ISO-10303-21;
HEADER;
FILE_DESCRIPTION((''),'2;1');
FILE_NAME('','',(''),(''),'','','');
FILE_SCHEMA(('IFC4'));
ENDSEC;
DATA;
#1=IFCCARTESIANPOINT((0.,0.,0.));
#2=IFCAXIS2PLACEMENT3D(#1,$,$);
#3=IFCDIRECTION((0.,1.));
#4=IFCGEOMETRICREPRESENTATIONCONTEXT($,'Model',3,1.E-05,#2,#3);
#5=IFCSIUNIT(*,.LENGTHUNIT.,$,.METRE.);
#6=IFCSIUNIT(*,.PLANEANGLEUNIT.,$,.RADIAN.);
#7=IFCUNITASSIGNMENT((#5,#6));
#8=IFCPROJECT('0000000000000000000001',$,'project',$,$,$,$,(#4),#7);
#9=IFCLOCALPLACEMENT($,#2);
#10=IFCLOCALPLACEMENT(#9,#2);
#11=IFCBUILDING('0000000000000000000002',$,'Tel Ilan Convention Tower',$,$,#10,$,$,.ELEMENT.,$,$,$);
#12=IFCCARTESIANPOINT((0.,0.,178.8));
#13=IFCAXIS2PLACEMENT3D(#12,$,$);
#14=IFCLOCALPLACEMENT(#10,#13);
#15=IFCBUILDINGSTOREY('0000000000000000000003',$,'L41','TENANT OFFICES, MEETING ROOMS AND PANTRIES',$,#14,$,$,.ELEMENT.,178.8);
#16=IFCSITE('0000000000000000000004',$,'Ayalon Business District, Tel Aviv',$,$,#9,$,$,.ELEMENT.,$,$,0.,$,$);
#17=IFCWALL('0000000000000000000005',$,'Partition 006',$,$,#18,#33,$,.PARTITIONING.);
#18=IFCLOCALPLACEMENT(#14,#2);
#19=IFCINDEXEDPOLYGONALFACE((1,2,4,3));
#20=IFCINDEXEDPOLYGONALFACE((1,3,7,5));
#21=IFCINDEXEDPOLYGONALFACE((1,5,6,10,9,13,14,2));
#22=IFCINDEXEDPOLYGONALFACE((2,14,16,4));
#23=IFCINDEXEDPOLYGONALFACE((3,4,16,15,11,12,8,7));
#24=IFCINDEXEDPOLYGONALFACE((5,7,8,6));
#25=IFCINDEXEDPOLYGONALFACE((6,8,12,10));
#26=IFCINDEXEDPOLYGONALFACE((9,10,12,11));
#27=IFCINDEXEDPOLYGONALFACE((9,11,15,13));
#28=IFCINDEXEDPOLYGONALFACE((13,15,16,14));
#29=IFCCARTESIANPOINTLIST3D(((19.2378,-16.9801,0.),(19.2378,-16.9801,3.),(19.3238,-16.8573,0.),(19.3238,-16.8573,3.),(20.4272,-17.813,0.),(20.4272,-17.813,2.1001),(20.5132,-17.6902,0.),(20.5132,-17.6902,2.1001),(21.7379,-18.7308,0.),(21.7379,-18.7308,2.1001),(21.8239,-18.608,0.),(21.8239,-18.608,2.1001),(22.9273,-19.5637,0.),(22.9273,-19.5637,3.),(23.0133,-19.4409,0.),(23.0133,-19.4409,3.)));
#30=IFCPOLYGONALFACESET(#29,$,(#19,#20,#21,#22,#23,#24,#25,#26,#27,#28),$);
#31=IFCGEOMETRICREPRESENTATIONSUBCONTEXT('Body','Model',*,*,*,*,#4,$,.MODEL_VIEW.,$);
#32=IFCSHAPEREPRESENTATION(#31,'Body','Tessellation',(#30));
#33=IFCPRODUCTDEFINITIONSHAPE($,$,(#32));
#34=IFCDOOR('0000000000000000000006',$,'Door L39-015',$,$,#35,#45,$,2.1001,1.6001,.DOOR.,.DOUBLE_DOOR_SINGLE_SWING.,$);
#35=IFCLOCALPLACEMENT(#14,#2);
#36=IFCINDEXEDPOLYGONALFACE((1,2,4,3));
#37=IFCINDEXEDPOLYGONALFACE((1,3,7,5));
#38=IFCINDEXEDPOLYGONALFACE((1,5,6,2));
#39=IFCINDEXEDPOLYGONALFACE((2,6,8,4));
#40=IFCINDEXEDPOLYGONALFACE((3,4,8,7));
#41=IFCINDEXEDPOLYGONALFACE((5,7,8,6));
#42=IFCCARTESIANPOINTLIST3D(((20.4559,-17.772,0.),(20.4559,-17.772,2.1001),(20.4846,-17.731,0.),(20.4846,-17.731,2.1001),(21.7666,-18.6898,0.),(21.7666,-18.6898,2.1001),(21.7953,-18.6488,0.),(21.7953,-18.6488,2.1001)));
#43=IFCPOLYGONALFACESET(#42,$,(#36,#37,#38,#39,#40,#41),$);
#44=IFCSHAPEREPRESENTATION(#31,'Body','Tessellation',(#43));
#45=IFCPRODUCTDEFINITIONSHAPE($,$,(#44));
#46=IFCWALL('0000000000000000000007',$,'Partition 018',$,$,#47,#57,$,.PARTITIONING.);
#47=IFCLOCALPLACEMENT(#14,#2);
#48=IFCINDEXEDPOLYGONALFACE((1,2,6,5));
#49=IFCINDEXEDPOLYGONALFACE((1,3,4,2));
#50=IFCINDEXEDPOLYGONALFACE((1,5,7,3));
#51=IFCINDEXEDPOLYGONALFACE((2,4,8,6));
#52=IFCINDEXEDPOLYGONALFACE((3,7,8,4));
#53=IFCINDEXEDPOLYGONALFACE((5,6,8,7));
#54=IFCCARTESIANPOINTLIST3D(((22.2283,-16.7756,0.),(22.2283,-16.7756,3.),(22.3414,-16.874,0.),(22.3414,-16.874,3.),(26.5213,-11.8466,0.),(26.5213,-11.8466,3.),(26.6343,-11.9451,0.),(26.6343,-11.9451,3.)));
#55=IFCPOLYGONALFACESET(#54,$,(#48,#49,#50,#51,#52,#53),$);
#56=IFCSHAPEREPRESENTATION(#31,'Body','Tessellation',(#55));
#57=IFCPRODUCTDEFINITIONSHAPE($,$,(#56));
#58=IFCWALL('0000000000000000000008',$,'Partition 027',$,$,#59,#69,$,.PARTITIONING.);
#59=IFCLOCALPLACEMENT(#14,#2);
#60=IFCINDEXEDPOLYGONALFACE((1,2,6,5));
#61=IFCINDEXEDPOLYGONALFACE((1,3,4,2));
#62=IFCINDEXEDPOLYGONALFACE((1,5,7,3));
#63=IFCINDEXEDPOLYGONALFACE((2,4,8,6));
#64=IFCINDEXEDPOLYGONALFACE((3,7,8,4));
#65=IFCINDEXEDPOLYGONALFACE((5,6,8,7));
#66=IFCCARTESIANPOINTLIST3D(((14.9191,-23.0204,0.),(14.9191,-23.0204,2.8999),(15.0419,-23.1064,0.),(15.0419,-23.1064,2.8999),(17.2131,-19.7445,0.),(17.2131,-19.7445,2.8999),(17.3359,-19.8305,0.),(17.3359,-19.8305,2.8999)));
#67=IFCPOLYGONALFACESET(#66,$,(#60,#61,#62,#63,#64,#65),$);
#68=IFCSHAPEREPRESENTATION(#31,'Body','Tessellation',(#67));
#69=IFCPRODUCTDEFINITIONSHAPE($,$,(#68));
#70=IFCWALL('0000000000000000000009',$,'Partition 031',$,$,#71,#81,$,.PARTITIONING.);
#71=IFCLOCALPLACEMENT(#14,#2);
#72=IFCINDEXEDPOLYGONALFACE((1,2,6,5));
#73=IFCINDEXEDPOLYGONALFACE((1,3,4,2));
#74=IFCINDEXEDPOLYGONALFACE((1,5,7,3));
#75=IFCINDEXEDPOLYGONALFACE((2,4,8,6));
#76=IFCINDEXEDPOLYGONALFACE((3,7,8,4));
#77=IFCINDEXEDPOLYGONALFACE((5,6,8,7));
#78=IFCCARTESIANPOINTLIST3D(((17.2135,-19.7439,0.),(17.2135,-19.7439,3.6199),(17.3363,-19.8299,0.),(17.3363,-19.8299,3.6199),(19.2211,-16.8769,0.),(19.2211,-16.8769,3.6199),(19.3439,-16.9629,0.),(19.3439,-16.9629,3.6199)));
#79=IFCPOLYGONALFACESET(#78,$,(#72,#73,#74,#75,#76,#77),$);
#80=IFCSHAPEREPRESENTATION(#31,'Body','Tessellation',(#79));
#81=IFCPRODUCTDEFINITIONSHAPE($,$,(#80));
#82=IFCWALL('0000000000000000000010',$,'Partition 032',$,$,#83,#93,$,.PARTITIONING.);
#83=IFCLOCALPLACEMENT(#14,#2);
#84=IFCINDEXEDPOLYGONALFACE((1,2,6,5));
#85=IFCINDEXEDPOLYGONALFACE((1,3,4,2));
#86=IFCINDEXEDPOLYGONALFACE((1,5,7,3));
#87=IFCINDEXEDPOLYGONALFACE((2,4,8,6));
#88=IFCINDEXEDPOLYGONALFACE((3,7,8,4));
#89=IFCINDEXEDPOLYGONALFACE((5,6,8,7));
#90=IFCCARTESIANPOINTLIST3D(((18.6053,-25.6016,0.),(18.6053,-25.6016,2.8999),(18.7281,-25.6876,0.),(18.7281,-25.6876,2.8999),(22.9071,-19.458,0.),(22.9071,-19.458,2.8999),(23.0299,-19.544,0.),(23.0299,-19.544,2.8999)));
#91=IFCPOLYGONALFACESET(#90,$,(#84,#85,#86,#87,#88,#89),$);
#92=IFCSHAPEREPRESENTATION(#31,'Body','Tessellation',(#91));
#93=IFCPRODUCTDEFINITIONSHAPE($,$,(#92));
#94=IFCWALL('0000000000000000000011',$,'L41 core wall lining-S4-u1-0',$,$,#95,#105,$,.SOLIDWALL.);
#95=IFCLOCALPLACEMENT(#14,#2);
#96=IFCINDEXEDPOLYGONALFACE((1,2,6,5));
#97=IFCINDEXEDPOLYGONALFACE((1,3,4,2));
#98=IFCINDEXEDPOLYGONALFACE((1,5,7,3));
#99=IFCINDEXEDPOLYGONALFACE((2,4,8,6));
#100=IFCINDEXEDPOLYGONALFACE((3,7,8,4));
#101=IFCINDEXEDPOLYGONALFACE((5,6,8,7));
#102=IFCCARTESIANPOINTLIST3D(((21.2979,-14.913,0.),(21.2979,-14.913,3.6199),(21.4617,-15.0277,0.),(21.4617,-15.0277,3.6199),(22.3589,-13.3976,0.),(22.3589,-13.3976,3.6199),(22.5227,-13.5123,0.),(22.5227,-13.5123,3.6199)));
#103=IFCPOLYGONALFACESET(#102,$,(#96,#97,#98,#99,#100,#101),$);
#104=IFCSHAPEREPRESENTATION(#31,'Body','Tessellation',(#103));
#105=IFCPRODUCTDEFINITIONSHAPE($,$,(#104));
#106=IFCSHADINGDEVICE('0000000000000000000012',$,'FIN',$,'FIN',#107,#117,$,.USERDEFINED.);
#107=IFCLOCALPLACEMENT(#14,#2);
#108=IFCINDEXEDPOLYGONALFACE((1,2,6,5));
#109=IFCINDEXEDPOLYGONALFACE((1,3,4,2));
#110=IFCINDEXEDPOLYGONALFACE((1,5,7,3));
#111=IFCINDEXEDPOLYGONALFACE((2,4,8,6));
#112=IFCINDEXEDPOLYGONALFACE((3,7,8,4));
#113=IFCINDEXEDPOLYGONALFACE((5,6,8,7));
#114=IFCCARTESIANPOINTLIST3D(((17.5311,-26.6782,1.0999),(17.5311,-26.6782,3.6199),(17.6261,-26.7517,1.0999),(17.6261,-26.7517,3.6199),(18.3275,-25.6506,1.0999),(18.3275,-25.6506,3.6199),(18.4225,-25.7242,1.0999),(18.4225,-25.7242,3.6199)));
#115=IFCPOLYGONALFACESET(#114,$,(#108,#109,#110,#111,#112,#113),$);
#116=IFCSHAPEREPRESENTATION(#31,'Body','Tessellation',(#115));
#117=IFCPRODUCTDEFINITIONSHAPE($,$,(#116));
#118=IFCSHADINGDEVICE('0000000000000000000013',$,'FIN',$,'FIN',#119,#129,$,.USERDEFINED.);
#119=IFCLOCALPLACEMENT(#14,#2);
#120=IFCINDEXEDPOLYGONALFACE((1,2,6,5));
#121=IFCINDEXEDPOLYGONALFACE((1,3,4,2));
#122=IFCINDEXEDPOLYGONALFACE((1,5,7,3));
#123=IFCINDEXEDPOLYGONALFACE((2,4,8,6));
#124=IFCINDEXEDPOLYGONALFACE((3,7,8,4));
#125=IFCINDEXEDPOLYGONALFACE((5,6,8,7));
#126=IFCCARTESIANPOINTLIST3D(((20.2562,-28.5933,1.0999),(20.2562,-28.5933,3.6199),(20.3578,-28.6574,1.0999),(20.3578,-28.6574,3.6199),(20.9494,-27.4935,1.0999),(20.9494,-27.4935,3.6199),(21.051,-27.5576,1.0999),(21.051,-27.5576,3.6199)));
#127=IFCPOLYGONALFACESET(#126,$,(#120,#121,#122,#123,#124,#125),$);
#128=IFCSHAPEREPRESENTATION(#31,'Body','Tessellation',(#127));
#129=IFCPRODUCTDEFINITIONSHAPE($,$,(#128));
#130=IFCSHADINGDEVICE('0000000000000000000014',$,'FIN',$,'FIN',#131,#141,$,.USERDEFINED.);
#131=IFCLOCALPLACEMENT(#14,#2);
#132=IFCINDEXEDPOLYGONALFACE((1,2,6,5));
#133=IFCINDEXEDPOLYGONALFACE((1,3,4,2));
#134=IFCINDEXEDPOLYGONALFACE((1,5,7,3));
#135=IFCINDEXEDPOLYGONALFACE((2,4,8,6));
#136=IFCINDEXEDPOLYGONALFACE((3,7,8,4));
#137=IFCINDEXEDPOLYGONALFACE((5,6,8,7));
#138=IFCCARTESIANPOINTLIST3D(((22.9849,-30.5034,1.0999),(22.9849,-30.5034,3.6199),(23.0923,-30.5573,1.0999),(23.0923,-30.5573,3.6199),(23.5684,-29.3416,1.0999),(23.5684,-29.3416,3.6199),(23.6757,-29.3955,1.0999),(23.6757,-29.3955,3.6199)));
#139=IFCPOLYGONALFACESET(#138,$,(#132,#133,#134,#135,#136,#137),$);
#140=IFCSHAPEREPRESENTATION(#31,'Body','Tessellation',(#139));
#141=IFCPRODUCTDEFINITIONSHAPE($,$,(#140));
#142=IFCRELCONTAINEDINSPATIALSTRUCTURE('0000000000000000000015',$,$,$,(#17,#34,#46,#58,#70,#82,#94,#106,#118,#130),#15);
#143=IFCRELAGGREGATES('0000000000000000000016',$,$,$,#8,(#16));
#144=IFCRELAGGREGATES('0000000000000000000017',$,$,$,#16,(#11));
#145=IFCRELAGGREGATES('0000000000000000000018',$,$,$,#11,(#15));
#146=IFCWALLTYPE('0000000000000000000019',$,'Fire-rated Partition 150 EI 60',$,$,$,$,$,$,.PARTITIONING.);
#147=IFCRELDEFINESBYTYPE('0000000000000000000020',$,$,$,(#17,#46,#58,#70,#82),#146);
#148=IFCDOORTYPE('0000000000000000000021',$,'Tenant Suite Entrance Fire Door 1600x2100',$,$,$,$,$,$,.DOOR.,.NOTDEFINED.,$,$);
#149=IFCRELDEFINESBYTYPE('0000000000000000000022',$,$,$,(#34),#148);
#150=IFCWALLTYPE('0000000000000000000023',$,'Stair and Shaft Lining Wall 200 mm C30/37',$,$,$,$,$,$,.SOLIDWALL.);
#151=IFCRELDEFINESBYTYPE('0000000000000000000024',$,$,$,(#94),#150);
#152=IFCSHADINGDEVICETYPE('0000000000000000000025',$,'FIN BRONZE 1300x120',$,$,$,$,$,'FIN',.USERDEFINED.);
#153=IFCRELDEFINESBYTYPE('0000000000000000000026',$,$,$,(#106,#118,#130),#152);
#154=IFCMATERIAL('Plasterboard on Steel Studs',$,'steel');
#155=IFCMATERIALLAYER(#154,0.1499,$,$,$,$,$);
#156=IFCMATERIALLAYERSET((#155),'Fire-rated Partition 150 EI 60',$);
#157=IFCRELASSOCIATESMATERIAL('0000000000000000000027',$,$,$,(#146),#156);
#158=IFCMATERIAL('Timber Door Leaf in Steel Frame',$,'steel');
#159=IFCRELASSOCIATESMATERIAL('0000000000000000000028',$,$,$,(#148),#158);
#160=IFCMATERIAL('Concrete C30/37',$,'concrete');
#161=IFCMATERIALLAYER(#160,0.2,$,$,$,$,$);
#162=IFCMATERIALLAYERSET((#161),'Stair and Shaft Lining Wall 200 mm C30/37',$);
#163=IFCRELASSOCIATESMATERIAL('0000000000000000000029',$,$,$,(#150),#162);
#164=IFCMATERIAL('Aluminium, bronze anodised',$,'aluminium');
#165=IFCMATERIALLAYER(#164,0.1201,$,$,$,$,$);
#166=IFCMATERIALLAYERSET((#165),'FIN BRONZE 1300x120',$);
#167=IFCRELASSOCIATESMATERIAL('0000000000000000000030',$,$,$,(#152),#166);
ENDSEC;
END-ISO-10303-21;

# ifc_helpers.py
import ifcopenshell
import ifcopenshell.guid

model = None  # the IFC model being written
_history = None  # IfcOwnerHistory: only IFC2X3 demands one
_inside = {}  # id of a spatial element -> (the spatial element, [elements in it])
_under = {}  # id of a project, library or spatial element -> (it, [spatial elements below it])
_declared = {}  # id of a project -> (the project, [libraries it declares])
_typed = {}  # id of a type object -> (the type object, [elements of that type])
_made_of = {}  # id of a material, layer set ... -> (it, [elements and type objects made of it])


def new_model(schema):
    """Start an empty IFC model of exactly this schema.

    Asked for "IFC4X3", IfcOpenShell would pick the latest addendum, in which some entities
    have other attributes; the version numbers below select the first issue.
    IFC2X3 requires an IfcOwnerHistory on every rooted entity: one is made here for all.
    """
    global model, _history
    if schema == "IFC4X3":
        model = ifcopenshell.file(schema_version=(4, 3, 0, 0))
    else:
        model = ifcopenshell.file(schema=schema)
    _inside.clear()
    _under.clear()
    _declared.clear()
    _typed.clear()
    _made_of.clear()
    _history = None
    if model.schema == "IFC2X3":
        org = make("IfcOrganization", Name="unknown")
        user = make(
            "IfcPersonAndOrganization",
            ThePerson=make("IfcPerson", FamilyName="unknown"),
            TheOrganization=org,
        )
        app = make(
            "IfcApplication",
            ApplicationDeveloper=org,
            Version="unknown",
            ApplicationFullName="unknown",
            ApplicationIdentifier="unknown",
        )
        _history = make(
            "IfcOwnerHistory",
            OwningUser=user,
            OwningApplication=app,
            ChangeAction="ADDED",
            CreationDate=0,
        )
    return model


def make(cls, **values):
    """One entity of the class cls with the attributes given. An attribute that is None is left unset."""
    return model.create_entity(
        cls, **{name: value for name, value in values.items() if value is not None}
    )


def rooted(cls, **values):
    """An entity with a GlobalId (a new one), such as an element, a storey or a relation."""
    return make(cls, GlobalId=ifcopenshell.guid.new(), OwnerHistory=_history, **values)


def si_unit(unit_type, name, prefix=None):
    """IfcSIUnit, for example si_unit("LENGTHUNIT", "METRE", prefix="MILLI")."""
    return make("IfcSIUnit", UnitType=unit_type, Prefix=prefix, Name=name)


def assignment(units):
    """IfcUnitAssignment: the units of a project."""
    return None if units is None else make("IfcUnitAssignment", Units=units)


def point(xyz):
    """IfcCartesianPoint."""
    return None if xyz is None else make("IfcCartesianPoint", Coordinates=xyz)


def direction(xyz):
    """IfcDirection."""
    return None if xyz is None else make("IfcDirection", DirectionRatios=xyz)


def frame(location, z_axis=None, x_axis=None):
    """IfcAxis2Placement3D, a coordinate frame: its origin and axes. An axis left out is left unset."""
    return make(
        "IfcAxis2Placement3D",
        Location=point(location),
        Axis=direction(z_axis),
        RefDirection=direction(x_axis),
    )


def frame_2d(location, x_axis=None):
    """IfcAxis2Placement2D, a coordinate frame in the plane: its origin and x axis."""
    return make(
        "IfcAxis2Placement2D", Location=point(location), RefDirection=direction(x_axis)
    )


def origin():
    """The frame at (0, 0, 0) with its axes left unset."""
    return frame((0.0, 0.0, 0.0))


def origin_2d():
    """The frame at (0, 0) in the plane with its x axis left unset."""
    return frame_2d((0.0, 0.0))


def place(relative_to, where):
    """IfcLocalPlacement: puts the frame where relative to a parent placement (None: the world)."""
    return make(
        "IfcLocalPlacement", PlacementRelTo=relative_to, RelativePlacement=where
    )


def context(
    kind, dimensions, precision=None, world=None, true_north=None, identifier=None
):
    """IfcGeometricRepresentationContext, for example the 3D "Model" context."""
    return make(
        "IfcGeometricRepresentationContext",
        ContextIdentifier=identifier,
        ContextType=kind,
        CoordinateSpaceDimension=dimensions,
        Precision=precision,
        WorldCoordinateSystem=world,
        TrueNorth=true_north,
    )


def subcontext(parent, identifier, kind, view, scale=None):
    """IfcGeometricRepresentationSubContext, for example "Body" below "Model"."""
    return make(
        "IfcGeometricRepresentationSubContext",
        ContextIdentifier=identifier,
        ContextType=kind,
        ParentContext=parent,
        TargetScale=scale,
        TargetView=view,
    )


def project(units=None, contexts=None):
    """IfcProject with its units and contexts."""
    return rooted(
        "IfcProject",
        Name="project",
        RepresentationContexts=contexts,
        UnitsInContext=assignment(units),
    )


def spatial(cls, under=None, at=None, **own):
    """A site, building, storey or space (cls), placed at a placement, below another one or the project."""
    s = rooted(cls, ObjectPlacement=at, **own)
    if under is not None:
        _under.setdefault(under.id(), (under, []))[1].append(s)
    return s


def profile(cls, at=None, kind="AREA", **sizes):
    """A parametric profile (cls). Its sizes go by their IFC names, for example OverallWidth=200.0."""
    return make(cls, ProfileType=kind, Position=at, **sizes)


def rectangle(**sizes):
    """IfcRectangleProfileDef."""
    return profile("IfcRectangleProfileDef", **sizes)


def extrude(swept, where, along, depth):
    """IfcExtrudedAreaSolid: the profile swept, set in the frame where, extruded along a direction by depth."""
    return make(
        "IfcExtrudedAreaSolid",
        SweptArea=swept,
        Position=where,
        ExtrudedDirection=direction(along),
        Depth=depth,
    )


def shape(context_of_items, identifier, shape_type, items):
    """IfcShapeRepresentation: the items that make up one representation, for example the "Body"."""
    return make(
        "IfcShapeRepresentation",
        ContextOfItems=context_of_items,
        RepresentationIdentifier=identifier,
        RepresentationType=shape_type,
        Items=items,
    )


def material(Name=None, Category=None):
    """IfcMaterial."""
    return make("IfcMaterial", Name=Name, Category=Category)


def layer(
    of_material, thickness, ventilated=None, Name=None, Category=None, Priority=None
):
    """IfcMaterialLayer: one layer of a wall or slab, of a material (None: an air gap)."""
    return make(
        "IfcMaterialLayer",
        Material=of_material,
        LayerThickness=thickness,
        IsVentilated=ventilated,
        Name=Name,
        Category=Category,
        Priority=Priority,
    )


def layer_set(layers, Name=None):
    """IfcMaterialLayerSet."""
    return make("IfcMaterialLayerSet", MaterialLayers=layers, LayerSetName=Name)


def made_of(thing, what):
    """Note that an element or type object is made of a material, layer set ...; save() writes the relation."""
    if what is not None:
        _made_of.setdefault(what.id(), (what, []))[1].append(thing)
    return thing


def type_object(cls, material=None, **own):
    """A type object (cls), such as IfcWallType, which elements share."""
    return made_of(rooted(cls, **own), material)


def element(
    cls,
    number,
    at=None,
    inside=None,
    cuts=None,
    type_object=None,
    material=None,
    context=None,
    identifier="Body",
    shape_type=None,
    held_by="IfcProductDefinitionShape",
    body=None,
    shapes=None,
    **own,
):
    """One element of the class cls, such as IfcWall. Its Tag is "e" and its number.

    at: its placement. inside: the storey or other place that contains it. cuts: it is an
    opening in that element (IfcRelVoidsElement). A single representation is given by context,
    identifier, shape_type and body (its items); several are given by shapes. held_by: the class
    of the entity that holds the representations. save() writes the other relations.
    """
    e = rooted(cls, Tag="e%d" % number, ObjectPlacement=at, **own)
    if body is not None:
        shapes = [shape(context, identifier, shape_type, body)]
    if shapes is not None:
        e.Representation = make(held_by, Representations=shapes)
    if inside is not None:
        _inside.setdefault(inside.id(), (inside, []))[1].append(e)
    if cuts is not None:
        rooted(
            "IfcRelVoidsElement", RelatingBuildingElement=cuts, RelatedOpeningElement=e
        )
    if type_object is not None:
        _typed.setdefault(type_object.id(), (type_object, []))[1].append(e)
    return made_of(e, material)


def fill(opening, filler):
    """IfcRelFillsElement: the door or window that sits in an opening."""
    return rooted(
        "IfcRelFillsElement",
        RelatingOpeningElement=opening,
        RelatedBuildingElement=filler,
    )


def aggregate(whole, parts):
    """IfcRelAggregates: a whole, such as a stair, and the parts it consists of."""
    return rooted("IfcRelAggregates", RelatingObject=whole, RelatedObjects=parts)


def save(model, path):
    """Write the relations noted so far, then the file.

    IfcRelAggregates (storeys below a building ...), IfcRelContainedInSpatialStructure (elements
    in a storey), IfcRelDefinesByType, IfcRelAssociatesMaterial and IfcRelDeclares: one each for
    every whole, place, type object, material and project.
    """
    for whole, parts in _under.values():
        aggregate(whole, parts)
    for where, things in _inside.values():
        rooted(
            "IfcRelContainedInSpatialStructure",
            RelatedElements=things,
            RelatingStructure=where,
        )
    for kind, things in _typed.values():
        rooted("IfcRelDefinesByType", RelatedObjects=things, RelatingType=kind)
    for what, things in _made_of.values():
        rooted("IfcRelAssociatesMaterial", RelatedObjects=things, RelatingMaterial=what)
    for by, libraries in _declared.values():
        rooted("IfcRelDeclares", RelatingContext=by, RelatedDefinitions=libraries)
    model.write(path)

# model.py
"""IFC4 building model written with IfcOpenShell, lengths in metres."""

from ifc_helpers import new_model, si_unit, direction, frame, frame_2d, origin, origin_2d, place, context, subcontext, project, spatial, rectangle, extrude, material, layer, layer_set, type_object, element, fill, save


model = new_model("IFC4")

# Units and contexts
model_context = context("Model", 3, precision=1e-05, world=origin(), true_north=direction((0.0, 1.0)))
body_context = subcontext(model_context, "Body", "Model", "MODEL_VIEW")
ifc_project = project(units=[si_unit("LENGTHUNIT", "METRE"), si_unit("PLANEANGLEUNIT", "RADIAN")], contexts=[model_context])

# Site, building, storey
site_placement = place(None, origin())
site = spatial("IfcSite", under=ifc_project, at=site_placement, Name="Ayalon Business District, Tel Aviv", CompositionType="ELEMENT", RefElevation=0.0)
building_placement = place(site_placement, origin())
building = spatial("IfcBuilding", under=site, at=building_placement, Name="Tel Ilan Convention Tower", CompositionType="ELEMENT")
storey_placement = place(building_placement, frame((0.0, 0.0, 178.8)))
storey = spatial("IfcBuildingStorey", under=building, at=storey_placement, Name="L41", Description="TENANT OFFICES, MEETING ROOMS AND PANTRIES", CompositionType="ELEMENT", Elevation=178.8)

# Wall, opening, door
ifc_material_1 = material(Name="Plasterboard on Steel Studs", Category="steel")
ifc_layer_1 = layer(ifc_material_1, 0.1499)
ifc_layer_set_1 = layer_set([ifc_layer_1], Name="Fire-rated Partition 150 EI 60")
wall_type_1 = type_object("IfcWallType", Name="Fire-rated Partition 150 EI 60", PredefinedType="PARTITIONING", material=ifc_layer_set_1)
ifc_material_2 = material(Name="Timber Door Leaf in Steel Frame", Category="steel")
door_type_1 = type_object("IfcDoorType", Name="Tenant Suite Entrance Fire Door 1600x2100", OperationType="NOTDEFINED", PredefinedType="DOOR", material=ifc_material_2)
wall_1_placement = place(storey_placement, frame((22.9702, -19.5022, 0.0), z_axis=(0.0, 0.0, 1.0), x_axis=(-0.81914, 0.573593, 0.0)))
wall_1 = element("IfcWall", 1, at=wall_1_placement, inside=storey, type_object=wall_type_1, Name="Partition 006", PredefinedType="PARTITIONING", context=body_context, shape_type="SweptSolid", body=[
    extrude(rectangle(XDim=4.5042, YDim=0.1499, at=frame_2d((2.252, 0.0))), origin(), (0.0, 0.0, 1.0), 3.0),
])
opening_1_placement = place(wall_1_placement, frame((1.4519, 0.0, 0.0)))
opening_1 = element("IfcOpeningElement", 2, at=opening_1_placement, cuts=wall_1, PredefinedType="OPENING", context=body_context, shape_type="SweptSolid", body=[
    extrude(rectangle(XDim=1.6001, YDim=2.1001, at=frame_2d((0.8, 1.05))), frame((0.0, 0.085, 0.0), z_axis=(0.0, -1.0, 0.0), x_axis=(1.0, 0.0, 0.0)), (0.0, 0.0, 1.0), 0.1699),
])
door_1_placement = place(opening_1_placement, origin())
door_1 = element("IfcDoor", 3, at=door_1_placement, inside=storey, type_object=door_type_1, Name="Door L39-015", OperationType="DOUBLE_DOOR_SINGLE_SWING", OverallHeight=2.1001, OverallWidth=1.6001, PredefinedType="DOOR", context=body_context, shape_type="SweptSolid", body=[
    extrude(rectangle(XDim=1.6001, YDim=2.1001, at=frame_2d((0.8, 1.05))), frame((0.0, 0.0249, 0.0), z_axis=(0.0, -1.0, 0.0), x_axis=(1.0, 0.0, 0.0)), (0.0, 0.0, 1.0), 0.05),
])
fill(opening_1, door_1)

# Walls
wall_2_placement = place(storey_placement, frame((22.2849, -16.8247, 0.0), z_axis=(0.0, 0.0, 1.0), x_axis=(0.656781, 0.754081, 0.0)))
element("IfcWall", 4, at=wall_2_placement, inside=storey, type_object=wall_type_1, Name="Partition 018", PredefinedType="PARTITIONING", context=body_context, shape_type="SweptSolid", body=[
    extrude(rectangle(XDim=6.5364, YDim=0.1499, at=frame_2d((3.2681, 0.0))), origin(), (0.0, 0.0, 1.0), 3.0),
])
wall_3_placement = place(storey_placement, frame((17.2744, -19.7876, 0.0), z_axis=(0.0, 0.0, 1.0), x_axis=(-0.573602, -0.819134, 0.0)))
element("IfcWall", 5, at=wall_3_placement, inside=storey, type_object=wall_type_1, Name="Partition 027", PredefinedType="PARTITIONING", context=body_context, shape_type="SweptSolid", body=[
    extrude(rectangle(XDim=3.9993, YDim=0.1499, at=frame_2d((1.9995, 0.0))), origin(), (0.0, 0.0, 1.0), 2.8999),
])
wall_4_placement = place(storey_placement, frame((19.2825, -16.9199, 0.0), z_axis=(0.0, 0.0, 1.0), x_axis=(-0.573598, -0.819137, 0.0)))
element("IfcWall", 6, at=wall_4_placement, inside=storey, type_object=wall_type_1, Name="Partition 031", PredefinedType="PARTITIONING", context=body_context, shape_type="SweptSolid", body=[
    extrude(rectangle(XDim=3.5, YDim=0.1499, at=frame_2d((1.75, 0.0))), origin(), (0.0, 0.0, 1.0), 3.6199),
])
wall_5_placement = place(storey_placement, frame((22.9685, -19.501, 0.0), z_axis=(0.0, 0.0, 1.0), x_axis=(-0.573576, -0.819152, 0.0)))
element("IfcWall", 7, at=wall_5_placement, inside=storey, type_object=wall_type_1, Name="Partition 032", PredefinedType="PARTITIONING", context=body_context, shape_type="SweptSolid", body=[
    extrude(rectangle(XDim=7.5, YDim=0.1499, at=frame_2d((3.75, 0.0))), origin(), (0.0, 0.0, 1.0), 2.8999),
])
ifc_material_3 = material(Name="Concrete C30/37", Category="concrete")
ifc_layer_2 = layer(ifc_material_3, 0.2)
ifc_layer_set_2 = layer_set([ifc_layer_2], Name="Stair and Shaft Lining Wall 200 mm C30/37")
wall_type_2 = type_object("IfcWallType", Name="Stair and Shaft Lining Wall 200 mm C30/37", PredefinedType="SOLIDWALL", material=ifc_layer_set_2)
wall_6_placement = place(storey_placement, frame((21.3799, -14.9702, 0.0), z_axis=(0.0, 0.0, 1.0), x_axis=(0.57356, 0.819164, 0.0)))
element("IfcWall", 8, at=wall_6_placement, inside=storey, type_object=wall_type_2, Name="L41 core wall lining-S4-u1-0", PredefinedType="SOLIDWALL", context=body_context, shape_type="SweptSolid", body=[
    extrude(rectangle(XDim=1.8499, YDim=0.2, at=frame_2d((0.9248, 0.0))), origin(), (0.0, 0.0, 1.0), 3.6199),
])

# Shading devices
ifc_material_4 = material(Name="Aluminium, bronze anodised", Category="aluminium")
ifc_layer_3 = layer(ifc_material_4, 0.1201)
ifc_layer_set_3 = layer_set([ifc_layer_3], Name="FIN BRONZE 1300x120")
shading_device_type = type_object("IfcShadingDeviceType", Name="FIN BRONZE 1300x120", ElementType="FIN", PredefinedType="USERDEFINED", material=ifc_layer_set_3)
for number, where, z_axis, x_axis, name in (
    (9, (17.9768, -26.2012, 1.0999), (0.0, 0.0, 1.0), (-0.612601, -0.790393, 0.0), "FIN"),
    (10, (20.6536, -28.0754, 1.0999), (0.0, 0.0, 1.0), (-0.533204, -0.845986, 0.0), "FIN"),
    (11, (23.3303, -29.9495, 1.0999), (0.0, 0.0, 1.0), (-0.448799, -0.893633, 0.0), "FIN"),
):
    element("IfcShadingDevice", number, at=place(storey_placement, frame(where, z_axis=z_axis, x_axis=x_axis)), inside=storey, type_object=shading_device_type, Name=name, ObjectType="FIN", PredefinedType="USERDEFINED", context=body_context, shape_type="SweptSolid", body=[
        extrude(rectangle(XDim=1.3, YDim=0.1201, at=origin_2d()), origin(), (0.0, 0.0, 1.0), 2.52),
    ])

save(model, "model.ifc")
